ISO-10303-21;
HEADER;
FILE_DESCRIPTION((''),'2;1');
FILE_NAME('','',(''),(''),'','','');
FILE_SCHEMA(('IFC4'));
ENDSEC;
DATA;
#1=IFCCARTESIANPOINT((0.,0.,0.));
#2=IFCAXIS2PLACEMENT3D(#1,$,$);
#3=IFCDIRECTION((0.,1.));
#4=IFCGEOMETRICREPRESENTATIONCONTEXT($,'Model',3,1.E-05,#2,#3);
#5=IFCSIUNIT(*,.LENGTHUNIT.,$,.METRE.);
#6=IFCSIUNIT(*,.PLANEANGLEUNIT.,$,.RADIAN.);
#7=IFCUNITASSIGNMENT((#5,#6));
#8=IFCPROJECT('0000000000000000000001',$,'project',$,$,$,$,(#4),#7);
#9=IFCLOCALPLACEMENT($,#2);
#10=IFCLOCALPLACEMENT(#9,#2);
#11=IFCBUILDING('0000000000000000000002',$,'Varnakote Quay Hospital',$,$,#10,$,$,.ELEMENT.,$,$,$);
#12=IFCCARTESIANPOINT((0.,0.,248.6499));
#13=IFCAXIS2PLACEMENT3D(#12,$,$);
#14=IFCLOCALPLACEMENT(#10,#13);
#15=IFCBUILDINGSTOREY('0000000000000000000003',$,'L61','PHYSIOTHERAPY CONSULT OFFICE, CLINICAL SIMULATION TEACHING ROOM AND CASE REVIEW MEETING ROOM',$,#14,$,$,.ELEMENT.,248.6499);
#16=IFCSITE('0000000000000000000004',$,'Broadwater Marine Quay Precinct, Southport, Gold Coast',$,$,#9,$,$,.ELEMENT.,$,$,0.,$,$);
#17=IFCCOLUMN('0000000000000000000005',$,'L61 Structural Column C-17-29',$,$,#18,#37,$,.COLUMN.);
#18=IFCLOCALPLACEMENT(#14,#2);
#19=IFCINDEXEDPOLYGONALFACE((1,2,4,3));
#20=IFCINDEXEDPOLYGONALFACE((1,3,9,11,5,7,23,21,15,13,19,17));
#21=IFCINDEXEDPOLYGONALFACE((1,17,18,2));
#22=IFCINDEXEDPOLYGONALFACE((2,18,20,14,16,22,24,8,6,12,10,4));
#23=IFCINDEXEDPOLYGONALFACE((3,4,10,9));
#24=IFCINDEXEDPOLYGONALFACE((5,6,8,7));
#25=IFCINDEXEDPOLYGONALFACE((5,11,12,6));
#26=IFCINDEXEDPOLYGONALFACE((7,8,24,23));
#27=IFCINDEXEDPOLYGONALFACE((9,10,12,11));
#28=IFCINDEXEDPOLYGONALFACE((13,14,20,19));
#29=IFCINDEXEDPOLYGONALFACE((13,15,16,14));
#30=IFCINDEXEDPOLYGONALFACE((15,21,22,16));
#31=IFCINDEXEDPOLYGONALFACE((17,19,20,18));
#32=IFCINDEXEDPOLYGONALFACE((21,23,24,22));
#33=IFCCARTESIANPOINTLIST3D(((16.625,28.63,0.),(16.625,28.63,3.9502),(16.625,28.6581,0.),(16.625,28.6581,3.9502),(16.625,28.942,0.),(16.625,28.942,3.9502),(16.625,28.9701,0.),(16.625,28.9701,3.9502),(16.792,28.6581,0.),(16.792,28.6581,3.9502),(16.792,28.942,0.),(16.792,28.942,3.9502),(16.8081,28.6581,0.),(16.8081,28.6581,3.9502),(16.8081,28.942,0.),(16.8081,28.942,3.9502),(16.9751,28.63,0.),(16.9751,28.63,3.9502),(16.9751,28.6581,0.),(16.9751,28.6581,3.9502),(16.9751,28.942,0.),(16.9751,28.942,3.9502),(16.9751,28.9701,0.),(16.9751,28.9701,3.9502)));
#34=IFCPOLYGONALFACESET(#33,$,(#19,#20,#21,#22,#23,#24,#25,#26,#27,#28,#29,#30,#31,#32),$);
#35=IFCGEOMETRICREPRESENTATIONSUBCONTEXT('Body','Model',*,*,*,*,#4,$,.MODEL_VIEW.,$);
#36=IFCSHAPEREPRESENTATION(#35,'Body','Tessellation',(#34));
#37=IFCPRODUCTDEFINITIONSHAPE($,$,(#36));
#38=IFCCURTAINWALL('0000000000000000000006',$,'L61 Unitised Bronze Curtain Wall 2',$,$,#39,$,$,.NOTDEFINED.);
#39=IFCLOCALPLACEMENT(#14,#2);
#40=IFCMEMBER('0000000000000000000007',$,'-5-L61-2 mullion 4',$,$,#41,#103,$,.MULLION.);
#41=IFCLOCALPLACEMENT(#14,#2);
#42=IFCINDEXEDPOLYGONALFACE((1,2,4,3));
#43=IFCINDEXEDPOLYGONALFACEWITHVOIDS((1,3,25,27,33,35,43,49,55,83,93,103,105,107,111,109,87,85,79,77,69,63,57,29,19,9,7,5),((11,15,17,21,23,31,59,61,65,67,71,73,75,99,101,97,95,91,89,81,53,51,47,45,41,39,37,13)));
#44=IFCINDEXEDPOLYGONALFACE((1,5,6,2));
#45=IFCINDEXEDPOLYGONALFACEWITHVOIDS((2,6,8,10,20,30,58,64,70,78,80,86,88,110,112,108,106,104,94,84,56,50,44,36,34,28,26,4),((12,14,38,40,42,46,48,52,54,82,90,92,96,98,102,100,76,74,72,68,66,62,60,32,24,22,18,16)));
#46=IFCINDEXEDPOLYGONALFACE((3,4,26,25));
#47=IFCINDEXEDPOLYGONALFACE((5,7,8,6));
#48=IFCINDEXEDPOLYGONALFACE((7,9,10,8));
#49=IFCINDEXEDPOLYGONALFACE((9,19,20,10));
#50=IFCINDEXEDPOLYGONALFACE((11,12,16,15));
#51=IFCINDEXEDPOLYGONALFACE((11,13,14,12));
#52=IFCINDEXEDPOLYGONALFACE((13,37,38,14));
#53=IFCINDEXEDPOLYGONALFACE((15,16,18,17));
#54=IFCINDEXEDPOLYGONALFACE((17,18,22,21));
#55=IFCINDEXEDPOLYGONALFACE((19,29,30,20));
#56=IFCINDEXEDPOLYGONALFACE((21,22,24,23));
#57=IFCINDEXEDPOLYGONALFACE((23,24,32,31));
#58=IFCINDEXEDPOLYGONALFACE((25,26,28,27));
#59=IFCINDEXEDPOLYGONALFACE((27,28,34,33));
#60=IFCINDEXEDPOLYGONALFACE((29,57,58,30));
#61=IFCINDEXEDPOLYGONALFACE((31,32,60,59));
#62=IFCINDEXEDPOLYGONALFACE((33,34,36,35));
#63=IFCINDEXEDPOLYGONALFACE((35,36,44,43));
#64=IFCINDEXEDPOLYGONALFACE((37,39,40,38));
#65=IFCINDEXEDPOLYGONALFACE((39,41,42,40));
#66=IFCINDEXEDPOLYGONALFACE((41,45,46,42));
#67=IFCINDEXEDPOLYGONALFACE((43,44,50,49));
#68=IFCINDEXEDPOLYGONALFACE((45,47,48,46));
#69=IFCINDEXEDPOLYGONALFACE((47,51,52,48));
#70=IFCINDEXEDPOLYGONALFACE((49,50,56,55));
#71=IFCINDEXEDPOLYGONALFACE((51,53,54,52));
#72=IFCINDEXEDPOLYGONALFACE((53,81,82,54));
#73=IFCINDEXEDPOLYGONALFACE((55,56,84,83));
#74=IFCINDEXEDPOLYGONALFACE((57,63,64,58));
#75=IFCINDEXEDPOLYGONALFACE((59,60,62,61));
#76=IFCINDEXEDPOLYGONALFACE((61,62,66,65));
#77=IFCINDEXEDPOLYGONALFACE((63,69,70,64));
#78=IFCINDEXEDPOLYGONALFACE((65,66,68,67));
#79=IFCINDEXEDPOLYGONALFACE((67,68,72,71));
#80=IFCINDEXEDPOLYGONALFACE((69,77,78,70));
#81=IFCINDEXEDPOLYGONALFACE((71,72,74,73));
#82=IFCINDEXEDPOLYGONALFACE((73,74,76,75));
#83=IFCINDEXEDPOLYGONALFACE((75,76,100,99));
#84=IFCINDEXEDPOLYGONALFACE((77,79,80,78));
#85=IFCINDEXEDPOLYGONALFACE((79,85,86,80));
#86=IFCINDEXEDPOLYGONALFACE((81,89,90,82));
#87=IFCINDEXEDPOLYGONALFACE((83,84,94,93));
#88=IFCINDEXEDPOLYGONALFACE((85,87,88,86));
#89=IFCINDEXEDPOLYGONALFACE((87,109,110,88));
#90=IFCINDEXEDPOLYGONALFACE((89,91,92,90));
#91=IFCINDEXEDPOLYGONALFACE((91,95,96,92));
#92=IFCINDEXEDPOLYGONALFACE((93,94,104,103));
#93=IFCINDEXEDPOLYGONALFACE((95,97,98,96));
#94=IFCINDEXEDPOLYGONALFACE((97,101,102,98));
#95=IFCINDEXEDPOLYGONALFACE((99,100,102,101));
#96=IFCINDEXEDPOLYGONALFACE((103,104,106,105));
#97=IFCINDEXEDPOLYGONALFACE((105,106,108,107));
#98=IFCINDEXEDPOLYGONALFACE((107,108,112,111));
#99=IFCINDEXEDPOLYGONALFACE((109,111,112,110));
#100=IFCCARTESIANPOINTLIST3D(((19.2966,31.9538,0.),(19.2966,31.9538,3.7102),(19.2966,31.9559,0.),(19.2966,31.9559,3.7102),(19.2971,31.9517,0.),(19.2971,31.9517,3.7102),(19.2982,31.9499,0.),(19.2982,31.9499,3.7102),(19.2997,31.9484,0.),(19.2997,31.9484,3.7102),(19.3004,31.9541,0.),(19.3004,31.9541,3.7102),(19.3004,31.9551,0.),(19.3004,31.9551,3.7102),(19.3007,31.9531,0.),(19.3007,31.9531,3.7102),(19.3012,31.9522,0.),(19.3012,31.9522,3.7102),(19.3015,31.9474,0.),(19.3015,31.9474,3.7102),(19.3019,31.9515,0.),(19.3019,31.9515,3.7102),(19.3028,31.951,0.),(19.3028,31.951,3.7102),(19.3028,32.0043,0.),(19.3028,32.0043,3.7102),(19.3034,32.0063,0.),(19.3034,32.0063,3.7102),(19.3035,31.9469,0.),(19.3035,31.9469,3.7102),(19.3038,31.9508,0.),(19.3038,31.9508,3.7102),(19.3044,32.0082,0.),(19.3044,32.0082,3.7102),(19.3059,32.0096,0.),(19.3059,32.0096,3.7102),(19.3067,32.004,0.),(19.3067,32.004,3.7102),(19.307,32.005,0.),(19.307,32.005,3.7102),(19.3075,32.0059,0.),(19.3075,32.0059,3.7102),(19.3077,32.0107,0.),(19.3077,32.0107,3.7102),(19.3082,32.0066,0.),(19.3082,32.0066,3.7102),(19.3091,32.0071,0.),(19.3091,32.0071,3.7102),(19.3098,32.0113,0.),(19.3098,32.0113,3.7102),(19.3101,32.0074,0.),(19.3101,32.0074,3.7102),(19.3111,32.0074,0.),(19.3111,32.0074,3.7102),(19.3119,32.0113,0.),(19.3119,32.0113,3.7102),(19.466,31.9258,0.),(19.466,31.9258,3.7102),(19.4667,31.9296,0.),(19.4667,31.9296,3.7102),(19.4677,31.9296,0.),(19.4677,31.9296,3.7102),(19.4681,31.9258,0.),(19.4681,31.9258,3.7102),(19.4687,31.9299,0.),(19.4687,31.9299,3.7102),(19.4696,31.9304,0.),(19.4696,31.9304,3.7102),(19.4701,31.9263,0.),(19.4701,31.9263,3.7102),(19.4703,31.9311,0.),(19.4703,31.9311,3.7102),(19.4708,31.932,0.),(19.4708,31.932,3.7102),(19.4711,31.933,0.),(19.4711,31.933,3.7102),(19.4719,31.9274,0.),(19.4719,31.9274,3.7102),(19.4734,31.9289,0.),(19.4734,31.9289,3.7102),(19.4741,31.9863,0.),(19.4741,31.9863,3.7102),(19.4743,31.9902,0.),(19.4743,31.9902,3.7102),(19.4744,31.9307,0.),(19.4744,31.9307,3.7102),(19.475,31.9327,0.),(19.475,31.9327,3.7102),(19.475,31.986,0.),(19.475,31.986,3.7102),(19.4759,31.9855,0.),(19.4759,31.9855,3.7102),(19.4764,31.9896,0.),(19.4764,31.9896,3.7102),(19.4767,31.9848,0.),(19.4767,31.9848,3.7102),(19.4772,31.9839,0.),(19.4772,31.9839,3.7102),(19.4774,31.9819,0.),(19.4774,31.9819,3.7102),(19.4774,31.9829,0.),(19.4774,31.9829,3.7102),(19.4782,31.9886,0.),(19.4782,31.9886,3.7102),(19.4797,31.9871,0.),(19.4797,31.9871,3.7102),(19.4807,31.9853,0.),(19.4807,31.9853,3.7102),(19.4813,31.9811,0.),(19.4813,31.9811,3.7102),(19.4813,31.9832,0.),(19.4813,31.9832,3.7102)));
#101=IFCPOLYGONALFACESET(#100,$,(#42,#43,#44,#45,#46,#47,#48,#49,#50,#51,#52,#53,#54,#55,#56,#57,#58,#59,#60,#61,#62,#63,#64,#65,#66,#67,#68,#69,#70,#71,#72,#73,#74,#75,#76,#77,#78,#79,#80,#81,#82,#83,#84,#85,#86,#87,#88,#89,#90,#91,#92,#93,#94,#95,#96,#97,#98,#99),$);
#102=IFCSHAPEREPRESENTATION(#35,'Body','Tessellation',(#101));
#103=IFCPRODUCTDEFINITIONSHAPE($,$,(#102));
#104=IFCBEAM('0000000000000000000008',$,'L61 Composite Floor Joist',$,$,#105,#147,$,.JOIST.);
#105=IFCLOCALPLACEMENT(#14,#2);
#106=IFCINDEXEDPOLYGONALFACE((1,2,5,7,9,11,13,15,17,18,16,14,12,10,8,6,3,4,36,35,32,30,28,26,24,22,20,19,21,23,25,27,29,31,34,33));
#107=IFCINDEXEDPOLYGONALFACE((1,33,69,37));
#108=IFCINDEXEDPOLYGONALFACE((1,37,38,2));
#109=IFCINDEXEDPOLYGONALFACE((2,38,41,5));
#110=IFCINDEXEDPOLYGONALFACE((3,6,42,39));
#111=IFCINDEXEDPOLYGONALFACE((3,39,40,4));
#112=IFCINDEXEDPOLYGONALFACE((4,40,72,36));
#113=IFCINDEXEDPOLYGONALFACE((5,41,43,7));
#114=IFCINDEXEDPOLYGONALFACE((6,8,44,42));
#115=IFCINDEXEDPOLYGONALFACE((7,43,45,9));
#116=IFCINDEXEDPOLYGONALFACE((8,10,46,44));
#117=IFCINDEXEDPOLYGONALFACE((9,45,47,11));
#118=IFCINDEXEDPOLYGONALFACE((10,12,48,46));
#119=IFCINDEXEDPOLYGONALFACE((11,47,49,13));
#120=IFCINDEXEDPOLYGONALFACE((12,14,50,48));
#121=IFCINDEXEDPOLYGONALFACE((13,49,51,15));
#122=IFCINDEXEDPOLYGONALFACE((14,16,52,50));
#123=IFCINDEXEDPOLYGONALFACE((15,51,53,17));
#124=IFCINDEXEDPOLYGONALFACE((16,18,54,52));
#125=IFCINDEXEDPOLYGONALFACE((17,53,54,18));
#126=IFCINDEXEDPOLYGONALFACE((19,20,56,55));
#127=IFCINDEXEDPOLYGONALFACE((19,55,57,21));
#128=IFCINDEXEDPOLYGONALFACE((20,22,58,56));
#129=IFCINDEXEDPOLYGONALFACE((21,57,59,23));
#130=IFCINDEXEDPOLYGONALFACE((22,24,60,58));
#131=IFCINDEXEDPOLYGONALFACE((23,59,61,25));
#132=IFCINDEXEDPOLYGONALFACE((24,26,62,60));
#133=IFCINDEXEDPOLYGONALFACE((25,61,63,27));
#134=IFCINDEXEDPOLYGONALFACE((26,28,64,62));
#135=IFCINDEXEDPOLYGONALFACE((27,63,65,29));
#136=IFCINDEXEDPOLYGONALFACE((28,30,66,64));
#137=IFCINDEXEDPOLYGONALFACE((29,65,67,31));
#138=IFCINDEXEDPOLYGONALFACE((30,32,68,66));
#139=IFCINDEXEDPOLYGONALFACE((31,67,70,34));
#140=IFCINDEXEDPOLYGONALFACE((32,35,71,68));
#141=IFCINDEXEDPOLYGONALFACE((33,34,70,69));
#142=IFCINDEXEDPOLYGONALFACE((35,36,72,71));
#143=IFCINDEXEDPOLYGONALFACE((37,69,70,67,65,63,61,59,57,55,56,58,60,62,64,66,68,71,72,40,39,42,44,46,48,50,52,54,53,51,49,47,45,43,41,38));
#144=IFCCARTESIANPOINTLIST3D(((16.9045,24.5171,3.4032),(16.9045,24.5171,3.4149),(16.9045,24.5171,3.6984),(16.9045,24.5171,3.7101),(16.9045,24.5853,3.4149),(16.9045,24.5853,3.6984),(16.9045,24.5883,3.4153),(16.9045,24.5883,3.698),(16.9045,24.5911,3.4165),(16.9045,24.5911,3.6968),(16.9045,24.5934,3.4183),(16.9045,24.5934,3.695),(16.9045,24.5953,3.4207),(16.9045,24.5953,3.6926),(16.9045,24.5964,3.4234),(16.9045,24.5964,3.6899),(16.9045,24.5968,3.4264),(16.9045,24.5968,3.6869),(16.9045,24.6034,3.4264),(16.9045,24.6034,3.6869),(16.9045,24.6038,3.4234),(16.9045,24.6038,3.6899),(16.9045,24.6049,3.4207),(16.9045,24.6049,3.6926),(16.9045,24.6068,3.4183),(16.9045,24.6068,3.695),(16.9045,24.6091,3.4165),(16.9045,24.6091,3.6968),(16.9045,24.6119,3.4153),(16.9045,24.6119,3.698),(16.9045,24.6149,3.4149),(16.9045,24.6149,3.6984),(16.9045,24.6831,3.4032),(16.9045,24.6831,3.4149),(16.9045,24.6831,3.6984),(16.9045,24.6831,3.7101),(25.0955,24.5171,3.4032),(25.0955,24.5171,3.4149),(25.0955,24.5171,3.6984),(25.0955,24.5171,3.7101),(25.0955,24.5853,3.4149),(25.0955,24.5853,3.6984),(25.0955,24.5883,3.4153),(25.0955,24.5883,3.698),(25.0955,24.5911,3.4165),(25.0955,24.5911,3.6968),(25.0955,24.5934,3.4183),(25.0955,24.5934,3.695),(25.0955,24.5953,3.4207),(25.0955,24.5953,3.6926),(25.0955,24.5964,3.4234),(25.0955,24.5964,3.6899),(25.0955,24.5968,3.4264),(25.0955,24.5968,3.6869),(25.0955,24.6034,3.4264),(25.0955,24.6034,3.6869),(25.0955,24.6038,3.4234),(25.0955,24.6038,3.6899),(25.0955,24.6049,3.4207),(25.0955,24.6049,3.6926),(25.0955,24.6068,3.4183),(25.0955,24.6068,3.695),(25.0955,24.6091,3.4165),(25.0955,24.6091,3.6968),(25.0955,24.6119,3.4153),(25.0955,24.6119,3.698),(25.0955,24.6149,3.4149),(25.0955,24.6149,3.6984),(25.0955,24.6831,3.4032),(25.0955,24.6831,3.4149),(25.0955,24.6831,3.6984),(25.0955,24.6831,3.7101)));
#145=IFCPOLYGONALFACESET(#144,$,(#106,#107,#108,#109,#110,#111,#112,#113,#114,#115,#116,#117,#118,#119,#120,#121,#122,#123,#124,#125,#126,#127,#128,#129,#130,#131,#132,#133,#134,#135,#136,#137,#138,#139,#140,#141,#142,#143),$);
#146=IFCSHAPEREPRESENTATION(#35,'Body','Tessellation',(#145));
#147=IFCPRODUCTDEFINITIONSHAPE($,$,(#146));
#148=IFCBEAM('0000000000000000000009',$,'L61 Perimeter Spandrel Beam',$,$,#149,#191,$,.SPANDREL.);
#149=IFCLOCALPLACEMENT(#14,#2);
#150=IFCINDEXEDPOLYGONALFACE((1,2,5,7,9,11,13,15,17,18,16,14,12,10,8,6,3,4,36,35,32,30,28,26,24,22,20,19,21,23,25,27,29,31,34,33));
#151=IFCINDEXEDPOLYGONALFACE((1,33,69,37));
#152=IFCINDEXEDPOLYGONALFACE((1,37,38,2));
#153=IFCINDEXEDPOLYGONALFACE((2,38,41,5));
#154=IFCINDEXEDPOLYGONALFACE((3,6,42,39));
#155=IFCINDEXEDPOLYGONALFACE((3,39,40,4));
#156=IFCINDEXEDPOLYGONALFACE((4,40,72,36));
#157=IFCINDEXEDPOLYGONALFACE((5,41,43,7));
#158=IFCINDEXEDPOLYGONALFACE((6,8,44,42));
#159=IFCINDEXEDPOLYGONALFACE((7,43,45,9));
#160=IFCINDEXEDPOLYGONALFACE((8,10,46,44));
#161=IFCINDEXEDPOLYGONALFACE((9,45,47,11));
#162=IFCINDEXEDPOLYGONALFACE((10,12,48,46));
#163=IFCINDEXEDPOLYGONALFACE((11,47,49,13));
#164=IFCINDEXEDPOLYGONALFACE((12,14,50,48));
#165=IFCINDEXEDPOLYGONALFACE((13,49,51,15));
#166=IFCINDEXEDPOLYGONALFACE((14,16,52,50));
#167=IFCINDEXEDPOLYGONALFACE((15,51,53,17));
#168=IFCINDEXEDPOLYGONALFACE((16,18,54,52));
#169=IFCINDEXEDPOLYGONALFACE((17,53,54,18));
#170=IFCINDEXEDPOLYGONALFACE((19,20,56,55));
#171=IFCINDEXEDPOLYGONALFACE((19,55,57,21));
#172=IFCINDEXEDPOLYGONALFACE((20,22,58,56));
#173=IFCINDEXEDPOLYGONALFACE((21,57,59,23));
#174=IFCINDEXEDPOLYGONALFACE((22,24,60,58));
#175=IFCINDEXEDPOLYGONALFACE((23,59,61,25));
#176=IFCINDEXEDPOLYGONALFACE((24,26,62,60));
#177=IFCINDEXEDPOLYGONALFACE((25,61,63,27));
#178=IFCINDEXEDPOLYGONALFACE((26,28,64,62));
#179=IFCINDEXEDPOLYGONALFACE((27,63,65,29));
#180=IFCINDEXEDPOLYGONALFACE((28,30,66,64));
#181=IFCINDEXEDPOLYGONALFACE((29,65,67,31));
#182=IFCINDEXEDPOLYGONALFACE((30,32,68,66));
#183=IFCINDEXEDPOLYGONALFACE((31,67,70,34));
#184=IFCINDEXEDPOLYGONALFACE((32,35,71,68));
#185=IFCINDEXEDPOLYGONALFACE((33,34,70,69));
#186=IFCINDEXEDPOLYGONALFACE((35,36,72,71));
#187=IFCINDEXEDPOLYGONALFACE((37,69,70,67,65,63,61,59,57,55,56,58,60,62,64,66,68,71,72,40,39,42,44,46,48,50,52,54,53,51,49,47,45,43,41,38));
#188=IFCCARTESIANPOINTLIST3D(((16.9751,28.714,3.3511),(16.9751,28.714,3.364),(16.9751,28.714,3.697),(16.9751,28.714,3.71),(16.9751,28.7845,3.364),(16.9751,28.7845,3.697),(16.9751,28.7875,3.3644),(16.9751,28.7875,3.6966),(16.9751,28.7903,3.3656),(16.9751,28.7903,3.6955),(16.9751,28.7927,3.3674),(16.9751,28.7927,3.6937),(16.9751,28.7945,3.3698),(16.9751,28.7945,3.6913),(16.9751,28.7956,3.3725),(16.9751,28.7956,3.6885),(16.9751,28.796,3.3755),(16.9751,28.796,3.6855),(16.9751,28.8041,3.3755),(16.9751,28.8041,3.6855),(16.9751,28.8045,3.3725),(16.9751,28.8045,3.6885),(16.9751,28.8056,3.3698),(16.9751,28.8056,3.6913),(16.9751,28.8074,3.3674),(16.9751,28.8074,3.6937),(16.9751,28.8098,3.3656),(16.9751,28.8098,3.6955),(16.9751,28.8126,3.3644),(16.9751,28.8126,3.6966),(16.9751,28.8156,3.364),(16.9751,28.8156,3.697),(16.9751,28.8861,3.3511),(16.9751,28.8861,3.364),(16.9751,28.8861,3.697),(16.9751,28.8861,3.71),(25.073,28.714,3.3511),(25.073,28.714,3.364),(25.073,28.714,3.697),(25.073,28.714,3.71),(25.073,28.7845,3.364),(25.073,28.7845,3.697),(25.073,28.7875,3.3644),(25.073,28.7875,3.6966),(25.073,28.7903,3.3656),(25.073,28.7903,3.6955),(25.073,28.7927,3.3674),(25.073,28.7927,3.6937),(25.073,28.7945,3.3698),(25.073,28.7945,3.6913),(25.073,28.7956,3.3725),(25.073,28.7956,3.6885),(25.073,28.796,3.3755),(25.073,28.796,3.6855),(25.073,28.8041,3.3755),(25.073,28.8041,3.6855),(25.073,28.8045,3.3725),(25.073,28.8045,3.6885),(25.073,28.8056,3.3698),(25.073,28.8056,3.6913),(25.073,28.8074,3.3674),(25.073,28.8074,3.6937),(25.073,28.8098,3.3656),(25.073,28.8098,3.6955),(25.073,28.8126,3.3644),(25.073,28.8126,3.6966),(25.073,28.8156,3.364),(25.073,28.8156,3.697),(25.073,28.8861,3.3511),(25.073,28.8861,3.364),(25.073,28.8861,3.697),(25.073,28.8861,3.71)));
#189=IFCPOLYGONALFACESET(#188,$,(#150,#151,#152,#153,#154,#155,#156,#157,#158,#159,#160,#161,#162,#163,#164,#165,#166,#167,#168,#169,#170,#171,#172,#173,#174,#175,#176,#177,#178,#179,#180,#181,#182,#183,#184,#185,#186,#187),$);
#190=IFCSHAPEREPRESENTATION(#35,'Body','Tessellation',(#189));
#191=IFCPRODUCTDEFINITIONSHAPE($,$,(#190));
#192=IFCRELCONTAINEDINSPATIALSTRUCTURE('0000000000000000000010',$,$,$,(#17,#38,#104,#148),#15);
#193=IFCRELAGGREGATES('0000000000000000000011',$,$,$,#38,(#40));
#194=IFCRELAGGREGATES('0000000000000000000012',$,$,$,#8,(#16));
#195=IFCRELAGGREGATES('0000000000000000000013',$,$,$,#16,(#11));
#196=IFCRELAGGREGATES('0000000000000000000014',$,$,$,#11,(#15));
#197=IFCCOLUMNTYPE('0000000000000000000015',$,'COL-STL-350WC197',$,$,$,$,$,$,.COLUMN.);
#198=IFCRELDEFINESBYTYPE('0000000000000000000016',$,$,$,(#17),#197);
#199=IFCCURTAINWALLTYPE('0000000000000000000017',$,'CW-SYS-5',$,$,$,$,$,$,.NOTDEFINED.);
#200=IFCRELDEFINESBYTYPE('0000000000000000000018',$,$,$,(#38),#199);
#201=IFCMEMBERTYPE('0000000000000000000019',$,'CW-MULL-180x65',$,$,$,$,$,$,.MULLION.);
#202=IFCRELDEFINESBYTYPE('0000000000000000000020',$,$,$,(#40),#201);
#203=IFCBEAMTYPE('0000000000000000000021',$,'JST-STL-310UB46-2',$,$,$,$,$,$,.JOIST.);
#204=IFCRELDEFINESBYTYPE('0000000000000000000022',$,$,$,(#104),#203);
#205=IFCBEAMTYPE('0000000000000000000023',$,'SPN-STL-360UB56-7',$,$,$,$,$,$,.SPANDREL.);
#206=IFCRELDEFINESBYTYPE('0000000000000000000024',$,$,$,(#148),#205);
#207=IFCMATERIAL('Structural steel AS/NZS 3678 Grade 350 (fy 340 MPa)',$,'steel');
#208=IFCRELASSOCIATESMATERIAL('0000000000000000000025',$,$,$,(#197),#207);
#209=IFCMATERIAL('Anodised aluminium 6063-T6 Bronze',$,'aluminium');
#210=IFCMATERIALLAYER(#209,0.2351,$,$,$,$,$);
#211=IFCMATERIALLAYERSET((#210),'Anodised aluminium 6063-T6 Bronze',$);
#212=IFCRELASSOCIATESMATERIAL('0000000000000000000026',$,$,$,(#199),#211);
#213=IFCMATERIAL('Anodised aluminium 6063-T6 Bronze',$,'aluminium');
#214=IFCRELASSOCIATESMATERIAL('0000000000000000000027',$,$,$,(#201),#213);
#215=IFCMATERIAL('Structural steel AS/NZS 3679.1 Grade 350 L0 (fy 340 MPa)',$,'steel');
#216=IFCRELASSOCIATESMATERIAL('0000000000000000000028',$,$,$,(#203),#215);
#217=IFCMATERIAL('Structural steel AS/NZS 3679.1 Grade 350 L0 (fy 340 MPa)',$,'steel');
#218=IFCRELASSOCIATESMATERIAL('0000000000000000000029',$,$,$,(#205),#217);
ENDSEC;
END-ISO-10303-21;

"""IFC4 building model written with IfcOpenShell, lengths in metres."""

from ifc_helpers import new_model, si_unit, direction, frame, origin, origin_2d, place, context, subcontext, project, spatial, hollow_rectangle, i_section, extrude, material, layer, layer_set, material_profile, profile_set, type_object, element, aggregate, save


model = new_model("IFC4")

# Units and contexts
model_context = context("Model", 3, precision=1e-05, world=origin(), true_north=direction((0.0, 1.0)))
body_context = subcontext(model_context, "Body", "Model", "MODEL_VIEW")
ifc_project = project(units=[si_unit("LENGTHUNIT", "METRE"), si_unit("PLANEANGLEUNIT", "RADIAN")], contexts=[model_context])

# Site, building, storey
site_placement = place(None, origin())
site = spatial("IfcSite", under=ifc_project, at=site_placement, Name="Broadwater Marine Quay Precinct, Southport, Gold Coast", CompositionType="ELEMENT", RefElevation=0.0)
building_placement = place(site_placement, origin())
building = spatial("IfcBuilding", under=site, at=building_placement, Name="Varnakote Quay Hospital", CompositionType="ELEMENT")
storey_placement = place(building_placement, frame((0.0, 0.0, 248.6499)))
storey = spatial("IfcBuildingStorey", under=building, at=storey_placement, Name="L61", Description="PHYSIOTHERAPY CONSULT OFFICE, CLINICAL SIMULATION TEACHING ROOM AND CASE REVIEW MEETING ROOM", CompositionType="ELEMENT", Elevation=248.6499)

# Column
ifc_material_1 = material(Name="Structural steel AS/NZS 3678 Grade 350 (fy 340 MPa)", Category="steel")
ifc_material_profile_1 = material_profile(ifc_material_1, i_section(OverallWidth=0.3501, OverallDepth=0.3401, WebThickness=0.0161, FlangeThickness=0.0281, at=origin_2d()), Name="350WC197")
ifc_profile_set_1 = profile_set([ifc_material_profile_1], Name="Structural steel AS/NZS 3678 Grade 350 (fy 340 MPa)")
column_type = type_object("IfcColumnType", Name="COL-STL-350WC197", PredefinedType="COLUMN", material=ifc_profile_set_1)
column_placement = place(storey_placement, frame((16.8, 28.8, 0.0), z_axis=(0.0, 0.0, 1.0), x_axis=(1.0, 0.0, 0.0)))
element("IfcColumn", 1, at=column_placement, inside=storey, type_object=column_type, Name="L61 Structural Column C-17-29", PredefinedType="COLUMN", context=body_context, shape_type="SweptSolid", body=[
    extrude(i_section(OverallWidth=0.3501, OverallDepth=0.3401, WebThickness=0.0161, FlangeThickness=0.0281, at=origin_2d()), origin(), (0.0, 0.0, 1.0), 3.9502),
])

# Curtain wall, member
ifc_material_2 = material(Name="Anodised aluminium 6063-T6 Bronze", Category="aluminium")
ifc_layer_1 = layer(ifc_material_2, 0.2351)
ifc_layer_set_1 = layer_set([ifc_layer_1], Name="Anodised aluminium 6063-T6 Bronze")
curtain_wall_type = type_object("IfcCurtainWallType", Name="CW-SYS-5", PredefinedType="NOTDEFINED", material=ifc_layer_set_1)
curtain_wall_placement = place(storey_placement, origin())
curtain_wall = element("IfcCurtainWall", 2, at=curtain_wall_placement, inside=storey, type_object=curtain_wall_type, Name="L61 Unitised Bronze Curtain Wall 2", PredefinedType="NOTDEFINED")
ifc_material_3 = material(Name="Anodised aluminium 6063-T6 Bronze", Category="aluminium")
ifc_material_profile_2 = material_profile(ifc_material_3, hollow_rectangle(XDim=0.0649, YDim=0.1799, WallThickness=0.0039, InnerFilletRadius=0.0039, OuterFilletRadius=0.0081, at=origin_2d()), Name="CW-MULL-180x65")
ifc_profile_set_2 = profile_set([ifc_material_profile_2], Name="Anodised aluminium 6063-T6 Bronze")
member_type = type_object("IfcMemberType", Name="CW-MULL-180x65", PredefinedType="MULLION", material=ifc_profile_set_2)
member_placement = place(storey_placement, frame((19.3889, 31.9685, 0.0), z_axis=(0.0, 0.0, 1.0), x_axis=(-0.128787, -0.991672, 0.0)))
member = element("IfcMember", 3, at=member_placement, type_object=member_type, Name="-5-L61-2 mullion 4", PredefinedType="MULLION", context=body_context, shape_type="SweptSolid", body=[
    extrude(hollow_rectangle(XDim=0.0649, YDim=0.1799, WallThickness=0.0039, InnerFilletRadius=0.0039, OuterFilletRadius=0.0081, at=origin_2d()), origin(), (0.0, 0.0, 1.0), 3.7102),
])

# Beams
ifc_material_4 = material(Name="Structural steel AS/NZS 3679.1 Grade 350 L0 (fy 340 MPa)", Category="steel")
ifc_material_profile_3 = material_profile(ifc_material_4, i_section(OverallWidth=0.166, OverallDepth=0.3069, WebThickness=0.0066, FlangeThickness=0.0117, FilletRadius=0.0115, at=origin_2d()), Name="310UB46.2")
ifc_profile_set_3 = profile_set([ifc_material_profile_3], Name="Structural steel AS/NZS 3679.1 Grade 350 L0 (fy 340 MPa)")
beam_type_1 = type_object("IfcBeamType", Name="JST-STL-310UB46-2", PredefinedType="JOIST", material=ifc_profile_set_3)
beam_1_placement = place(storey_placement, frame((16.9045, 24.6001, 3.5566), z_axis=(1.0, 0.0, 0.0), x_axis=(0.0, 1.0, 0.0)))
element("IfcBeam", 4, at=beam_1_placement, inside=storey, type_object=beam_type_1, Name="L61 Composite Floor Joist", PredefinedType="JOIST", context=body_context, shape_type="SweptSolid", body=[
    extrude(i_section(OverallWidth=0.166, OverallDepth=0.3069, WebThickness=0.0066, FlangeThickness=0.0117, FilletRadius=0.0115, at=origin_2d()), origin(), (0.0, 0.0, 1.0), 8.1909),
])
ifc_material_5 = material(Name="Structural steel AS/NZS 3679.1 Grade 350 L0 (fy 340 MPa)", Category="steel")
ifc_material_profile_4 = material_profile(ifc_material_5, i_section(OverallWidth=0.1721, OverallDepth=0.3589, WebThickness=0.0081, FlangeThickness=0.0129, FilletRadius=0.0115, at=origin_2d()), Name="360UB56.7")
ifc_profile_set_4 = profile_set([ifc_material_profile_4], Name="Structural steel AS/NZS 3679.1 Grade 350 L0 (fy 340 MPa)")
beam_type_2 = type_object("IfcBeamType", Name="SPN-STL-360UB56-7", PredefinedType="SPANDREL", material=ifc_profile_set_4)
beam_2_placement = place(storey_placement, frame((16.9751, 28.8, 3.5305), z_axis=(1.0, 0.0, 0.0), x_axis=(0.0, 1.0, 0.0)))
element("IfcBeam", 5, at=beam_2_placement, inside=storey, type_object=beam_type_2, Name="L61 Perimeter Spandrel Beam", PredefinedType="SPANDREL", context=body_context, shape_type="SweptSolid", body=[
    extrude(i_section(OverallWidth=0.1721, OverallDepth=0.3589, WebThickness=0.0081, FlangeThickness=0.0129, FilletRadius=0.0115, at=origin_2d()), origin(), (0.0, 0.0, 1.0), 8.0979),
])

aggregate(curtain_wall, [member])

save(model, "model.ifc")
